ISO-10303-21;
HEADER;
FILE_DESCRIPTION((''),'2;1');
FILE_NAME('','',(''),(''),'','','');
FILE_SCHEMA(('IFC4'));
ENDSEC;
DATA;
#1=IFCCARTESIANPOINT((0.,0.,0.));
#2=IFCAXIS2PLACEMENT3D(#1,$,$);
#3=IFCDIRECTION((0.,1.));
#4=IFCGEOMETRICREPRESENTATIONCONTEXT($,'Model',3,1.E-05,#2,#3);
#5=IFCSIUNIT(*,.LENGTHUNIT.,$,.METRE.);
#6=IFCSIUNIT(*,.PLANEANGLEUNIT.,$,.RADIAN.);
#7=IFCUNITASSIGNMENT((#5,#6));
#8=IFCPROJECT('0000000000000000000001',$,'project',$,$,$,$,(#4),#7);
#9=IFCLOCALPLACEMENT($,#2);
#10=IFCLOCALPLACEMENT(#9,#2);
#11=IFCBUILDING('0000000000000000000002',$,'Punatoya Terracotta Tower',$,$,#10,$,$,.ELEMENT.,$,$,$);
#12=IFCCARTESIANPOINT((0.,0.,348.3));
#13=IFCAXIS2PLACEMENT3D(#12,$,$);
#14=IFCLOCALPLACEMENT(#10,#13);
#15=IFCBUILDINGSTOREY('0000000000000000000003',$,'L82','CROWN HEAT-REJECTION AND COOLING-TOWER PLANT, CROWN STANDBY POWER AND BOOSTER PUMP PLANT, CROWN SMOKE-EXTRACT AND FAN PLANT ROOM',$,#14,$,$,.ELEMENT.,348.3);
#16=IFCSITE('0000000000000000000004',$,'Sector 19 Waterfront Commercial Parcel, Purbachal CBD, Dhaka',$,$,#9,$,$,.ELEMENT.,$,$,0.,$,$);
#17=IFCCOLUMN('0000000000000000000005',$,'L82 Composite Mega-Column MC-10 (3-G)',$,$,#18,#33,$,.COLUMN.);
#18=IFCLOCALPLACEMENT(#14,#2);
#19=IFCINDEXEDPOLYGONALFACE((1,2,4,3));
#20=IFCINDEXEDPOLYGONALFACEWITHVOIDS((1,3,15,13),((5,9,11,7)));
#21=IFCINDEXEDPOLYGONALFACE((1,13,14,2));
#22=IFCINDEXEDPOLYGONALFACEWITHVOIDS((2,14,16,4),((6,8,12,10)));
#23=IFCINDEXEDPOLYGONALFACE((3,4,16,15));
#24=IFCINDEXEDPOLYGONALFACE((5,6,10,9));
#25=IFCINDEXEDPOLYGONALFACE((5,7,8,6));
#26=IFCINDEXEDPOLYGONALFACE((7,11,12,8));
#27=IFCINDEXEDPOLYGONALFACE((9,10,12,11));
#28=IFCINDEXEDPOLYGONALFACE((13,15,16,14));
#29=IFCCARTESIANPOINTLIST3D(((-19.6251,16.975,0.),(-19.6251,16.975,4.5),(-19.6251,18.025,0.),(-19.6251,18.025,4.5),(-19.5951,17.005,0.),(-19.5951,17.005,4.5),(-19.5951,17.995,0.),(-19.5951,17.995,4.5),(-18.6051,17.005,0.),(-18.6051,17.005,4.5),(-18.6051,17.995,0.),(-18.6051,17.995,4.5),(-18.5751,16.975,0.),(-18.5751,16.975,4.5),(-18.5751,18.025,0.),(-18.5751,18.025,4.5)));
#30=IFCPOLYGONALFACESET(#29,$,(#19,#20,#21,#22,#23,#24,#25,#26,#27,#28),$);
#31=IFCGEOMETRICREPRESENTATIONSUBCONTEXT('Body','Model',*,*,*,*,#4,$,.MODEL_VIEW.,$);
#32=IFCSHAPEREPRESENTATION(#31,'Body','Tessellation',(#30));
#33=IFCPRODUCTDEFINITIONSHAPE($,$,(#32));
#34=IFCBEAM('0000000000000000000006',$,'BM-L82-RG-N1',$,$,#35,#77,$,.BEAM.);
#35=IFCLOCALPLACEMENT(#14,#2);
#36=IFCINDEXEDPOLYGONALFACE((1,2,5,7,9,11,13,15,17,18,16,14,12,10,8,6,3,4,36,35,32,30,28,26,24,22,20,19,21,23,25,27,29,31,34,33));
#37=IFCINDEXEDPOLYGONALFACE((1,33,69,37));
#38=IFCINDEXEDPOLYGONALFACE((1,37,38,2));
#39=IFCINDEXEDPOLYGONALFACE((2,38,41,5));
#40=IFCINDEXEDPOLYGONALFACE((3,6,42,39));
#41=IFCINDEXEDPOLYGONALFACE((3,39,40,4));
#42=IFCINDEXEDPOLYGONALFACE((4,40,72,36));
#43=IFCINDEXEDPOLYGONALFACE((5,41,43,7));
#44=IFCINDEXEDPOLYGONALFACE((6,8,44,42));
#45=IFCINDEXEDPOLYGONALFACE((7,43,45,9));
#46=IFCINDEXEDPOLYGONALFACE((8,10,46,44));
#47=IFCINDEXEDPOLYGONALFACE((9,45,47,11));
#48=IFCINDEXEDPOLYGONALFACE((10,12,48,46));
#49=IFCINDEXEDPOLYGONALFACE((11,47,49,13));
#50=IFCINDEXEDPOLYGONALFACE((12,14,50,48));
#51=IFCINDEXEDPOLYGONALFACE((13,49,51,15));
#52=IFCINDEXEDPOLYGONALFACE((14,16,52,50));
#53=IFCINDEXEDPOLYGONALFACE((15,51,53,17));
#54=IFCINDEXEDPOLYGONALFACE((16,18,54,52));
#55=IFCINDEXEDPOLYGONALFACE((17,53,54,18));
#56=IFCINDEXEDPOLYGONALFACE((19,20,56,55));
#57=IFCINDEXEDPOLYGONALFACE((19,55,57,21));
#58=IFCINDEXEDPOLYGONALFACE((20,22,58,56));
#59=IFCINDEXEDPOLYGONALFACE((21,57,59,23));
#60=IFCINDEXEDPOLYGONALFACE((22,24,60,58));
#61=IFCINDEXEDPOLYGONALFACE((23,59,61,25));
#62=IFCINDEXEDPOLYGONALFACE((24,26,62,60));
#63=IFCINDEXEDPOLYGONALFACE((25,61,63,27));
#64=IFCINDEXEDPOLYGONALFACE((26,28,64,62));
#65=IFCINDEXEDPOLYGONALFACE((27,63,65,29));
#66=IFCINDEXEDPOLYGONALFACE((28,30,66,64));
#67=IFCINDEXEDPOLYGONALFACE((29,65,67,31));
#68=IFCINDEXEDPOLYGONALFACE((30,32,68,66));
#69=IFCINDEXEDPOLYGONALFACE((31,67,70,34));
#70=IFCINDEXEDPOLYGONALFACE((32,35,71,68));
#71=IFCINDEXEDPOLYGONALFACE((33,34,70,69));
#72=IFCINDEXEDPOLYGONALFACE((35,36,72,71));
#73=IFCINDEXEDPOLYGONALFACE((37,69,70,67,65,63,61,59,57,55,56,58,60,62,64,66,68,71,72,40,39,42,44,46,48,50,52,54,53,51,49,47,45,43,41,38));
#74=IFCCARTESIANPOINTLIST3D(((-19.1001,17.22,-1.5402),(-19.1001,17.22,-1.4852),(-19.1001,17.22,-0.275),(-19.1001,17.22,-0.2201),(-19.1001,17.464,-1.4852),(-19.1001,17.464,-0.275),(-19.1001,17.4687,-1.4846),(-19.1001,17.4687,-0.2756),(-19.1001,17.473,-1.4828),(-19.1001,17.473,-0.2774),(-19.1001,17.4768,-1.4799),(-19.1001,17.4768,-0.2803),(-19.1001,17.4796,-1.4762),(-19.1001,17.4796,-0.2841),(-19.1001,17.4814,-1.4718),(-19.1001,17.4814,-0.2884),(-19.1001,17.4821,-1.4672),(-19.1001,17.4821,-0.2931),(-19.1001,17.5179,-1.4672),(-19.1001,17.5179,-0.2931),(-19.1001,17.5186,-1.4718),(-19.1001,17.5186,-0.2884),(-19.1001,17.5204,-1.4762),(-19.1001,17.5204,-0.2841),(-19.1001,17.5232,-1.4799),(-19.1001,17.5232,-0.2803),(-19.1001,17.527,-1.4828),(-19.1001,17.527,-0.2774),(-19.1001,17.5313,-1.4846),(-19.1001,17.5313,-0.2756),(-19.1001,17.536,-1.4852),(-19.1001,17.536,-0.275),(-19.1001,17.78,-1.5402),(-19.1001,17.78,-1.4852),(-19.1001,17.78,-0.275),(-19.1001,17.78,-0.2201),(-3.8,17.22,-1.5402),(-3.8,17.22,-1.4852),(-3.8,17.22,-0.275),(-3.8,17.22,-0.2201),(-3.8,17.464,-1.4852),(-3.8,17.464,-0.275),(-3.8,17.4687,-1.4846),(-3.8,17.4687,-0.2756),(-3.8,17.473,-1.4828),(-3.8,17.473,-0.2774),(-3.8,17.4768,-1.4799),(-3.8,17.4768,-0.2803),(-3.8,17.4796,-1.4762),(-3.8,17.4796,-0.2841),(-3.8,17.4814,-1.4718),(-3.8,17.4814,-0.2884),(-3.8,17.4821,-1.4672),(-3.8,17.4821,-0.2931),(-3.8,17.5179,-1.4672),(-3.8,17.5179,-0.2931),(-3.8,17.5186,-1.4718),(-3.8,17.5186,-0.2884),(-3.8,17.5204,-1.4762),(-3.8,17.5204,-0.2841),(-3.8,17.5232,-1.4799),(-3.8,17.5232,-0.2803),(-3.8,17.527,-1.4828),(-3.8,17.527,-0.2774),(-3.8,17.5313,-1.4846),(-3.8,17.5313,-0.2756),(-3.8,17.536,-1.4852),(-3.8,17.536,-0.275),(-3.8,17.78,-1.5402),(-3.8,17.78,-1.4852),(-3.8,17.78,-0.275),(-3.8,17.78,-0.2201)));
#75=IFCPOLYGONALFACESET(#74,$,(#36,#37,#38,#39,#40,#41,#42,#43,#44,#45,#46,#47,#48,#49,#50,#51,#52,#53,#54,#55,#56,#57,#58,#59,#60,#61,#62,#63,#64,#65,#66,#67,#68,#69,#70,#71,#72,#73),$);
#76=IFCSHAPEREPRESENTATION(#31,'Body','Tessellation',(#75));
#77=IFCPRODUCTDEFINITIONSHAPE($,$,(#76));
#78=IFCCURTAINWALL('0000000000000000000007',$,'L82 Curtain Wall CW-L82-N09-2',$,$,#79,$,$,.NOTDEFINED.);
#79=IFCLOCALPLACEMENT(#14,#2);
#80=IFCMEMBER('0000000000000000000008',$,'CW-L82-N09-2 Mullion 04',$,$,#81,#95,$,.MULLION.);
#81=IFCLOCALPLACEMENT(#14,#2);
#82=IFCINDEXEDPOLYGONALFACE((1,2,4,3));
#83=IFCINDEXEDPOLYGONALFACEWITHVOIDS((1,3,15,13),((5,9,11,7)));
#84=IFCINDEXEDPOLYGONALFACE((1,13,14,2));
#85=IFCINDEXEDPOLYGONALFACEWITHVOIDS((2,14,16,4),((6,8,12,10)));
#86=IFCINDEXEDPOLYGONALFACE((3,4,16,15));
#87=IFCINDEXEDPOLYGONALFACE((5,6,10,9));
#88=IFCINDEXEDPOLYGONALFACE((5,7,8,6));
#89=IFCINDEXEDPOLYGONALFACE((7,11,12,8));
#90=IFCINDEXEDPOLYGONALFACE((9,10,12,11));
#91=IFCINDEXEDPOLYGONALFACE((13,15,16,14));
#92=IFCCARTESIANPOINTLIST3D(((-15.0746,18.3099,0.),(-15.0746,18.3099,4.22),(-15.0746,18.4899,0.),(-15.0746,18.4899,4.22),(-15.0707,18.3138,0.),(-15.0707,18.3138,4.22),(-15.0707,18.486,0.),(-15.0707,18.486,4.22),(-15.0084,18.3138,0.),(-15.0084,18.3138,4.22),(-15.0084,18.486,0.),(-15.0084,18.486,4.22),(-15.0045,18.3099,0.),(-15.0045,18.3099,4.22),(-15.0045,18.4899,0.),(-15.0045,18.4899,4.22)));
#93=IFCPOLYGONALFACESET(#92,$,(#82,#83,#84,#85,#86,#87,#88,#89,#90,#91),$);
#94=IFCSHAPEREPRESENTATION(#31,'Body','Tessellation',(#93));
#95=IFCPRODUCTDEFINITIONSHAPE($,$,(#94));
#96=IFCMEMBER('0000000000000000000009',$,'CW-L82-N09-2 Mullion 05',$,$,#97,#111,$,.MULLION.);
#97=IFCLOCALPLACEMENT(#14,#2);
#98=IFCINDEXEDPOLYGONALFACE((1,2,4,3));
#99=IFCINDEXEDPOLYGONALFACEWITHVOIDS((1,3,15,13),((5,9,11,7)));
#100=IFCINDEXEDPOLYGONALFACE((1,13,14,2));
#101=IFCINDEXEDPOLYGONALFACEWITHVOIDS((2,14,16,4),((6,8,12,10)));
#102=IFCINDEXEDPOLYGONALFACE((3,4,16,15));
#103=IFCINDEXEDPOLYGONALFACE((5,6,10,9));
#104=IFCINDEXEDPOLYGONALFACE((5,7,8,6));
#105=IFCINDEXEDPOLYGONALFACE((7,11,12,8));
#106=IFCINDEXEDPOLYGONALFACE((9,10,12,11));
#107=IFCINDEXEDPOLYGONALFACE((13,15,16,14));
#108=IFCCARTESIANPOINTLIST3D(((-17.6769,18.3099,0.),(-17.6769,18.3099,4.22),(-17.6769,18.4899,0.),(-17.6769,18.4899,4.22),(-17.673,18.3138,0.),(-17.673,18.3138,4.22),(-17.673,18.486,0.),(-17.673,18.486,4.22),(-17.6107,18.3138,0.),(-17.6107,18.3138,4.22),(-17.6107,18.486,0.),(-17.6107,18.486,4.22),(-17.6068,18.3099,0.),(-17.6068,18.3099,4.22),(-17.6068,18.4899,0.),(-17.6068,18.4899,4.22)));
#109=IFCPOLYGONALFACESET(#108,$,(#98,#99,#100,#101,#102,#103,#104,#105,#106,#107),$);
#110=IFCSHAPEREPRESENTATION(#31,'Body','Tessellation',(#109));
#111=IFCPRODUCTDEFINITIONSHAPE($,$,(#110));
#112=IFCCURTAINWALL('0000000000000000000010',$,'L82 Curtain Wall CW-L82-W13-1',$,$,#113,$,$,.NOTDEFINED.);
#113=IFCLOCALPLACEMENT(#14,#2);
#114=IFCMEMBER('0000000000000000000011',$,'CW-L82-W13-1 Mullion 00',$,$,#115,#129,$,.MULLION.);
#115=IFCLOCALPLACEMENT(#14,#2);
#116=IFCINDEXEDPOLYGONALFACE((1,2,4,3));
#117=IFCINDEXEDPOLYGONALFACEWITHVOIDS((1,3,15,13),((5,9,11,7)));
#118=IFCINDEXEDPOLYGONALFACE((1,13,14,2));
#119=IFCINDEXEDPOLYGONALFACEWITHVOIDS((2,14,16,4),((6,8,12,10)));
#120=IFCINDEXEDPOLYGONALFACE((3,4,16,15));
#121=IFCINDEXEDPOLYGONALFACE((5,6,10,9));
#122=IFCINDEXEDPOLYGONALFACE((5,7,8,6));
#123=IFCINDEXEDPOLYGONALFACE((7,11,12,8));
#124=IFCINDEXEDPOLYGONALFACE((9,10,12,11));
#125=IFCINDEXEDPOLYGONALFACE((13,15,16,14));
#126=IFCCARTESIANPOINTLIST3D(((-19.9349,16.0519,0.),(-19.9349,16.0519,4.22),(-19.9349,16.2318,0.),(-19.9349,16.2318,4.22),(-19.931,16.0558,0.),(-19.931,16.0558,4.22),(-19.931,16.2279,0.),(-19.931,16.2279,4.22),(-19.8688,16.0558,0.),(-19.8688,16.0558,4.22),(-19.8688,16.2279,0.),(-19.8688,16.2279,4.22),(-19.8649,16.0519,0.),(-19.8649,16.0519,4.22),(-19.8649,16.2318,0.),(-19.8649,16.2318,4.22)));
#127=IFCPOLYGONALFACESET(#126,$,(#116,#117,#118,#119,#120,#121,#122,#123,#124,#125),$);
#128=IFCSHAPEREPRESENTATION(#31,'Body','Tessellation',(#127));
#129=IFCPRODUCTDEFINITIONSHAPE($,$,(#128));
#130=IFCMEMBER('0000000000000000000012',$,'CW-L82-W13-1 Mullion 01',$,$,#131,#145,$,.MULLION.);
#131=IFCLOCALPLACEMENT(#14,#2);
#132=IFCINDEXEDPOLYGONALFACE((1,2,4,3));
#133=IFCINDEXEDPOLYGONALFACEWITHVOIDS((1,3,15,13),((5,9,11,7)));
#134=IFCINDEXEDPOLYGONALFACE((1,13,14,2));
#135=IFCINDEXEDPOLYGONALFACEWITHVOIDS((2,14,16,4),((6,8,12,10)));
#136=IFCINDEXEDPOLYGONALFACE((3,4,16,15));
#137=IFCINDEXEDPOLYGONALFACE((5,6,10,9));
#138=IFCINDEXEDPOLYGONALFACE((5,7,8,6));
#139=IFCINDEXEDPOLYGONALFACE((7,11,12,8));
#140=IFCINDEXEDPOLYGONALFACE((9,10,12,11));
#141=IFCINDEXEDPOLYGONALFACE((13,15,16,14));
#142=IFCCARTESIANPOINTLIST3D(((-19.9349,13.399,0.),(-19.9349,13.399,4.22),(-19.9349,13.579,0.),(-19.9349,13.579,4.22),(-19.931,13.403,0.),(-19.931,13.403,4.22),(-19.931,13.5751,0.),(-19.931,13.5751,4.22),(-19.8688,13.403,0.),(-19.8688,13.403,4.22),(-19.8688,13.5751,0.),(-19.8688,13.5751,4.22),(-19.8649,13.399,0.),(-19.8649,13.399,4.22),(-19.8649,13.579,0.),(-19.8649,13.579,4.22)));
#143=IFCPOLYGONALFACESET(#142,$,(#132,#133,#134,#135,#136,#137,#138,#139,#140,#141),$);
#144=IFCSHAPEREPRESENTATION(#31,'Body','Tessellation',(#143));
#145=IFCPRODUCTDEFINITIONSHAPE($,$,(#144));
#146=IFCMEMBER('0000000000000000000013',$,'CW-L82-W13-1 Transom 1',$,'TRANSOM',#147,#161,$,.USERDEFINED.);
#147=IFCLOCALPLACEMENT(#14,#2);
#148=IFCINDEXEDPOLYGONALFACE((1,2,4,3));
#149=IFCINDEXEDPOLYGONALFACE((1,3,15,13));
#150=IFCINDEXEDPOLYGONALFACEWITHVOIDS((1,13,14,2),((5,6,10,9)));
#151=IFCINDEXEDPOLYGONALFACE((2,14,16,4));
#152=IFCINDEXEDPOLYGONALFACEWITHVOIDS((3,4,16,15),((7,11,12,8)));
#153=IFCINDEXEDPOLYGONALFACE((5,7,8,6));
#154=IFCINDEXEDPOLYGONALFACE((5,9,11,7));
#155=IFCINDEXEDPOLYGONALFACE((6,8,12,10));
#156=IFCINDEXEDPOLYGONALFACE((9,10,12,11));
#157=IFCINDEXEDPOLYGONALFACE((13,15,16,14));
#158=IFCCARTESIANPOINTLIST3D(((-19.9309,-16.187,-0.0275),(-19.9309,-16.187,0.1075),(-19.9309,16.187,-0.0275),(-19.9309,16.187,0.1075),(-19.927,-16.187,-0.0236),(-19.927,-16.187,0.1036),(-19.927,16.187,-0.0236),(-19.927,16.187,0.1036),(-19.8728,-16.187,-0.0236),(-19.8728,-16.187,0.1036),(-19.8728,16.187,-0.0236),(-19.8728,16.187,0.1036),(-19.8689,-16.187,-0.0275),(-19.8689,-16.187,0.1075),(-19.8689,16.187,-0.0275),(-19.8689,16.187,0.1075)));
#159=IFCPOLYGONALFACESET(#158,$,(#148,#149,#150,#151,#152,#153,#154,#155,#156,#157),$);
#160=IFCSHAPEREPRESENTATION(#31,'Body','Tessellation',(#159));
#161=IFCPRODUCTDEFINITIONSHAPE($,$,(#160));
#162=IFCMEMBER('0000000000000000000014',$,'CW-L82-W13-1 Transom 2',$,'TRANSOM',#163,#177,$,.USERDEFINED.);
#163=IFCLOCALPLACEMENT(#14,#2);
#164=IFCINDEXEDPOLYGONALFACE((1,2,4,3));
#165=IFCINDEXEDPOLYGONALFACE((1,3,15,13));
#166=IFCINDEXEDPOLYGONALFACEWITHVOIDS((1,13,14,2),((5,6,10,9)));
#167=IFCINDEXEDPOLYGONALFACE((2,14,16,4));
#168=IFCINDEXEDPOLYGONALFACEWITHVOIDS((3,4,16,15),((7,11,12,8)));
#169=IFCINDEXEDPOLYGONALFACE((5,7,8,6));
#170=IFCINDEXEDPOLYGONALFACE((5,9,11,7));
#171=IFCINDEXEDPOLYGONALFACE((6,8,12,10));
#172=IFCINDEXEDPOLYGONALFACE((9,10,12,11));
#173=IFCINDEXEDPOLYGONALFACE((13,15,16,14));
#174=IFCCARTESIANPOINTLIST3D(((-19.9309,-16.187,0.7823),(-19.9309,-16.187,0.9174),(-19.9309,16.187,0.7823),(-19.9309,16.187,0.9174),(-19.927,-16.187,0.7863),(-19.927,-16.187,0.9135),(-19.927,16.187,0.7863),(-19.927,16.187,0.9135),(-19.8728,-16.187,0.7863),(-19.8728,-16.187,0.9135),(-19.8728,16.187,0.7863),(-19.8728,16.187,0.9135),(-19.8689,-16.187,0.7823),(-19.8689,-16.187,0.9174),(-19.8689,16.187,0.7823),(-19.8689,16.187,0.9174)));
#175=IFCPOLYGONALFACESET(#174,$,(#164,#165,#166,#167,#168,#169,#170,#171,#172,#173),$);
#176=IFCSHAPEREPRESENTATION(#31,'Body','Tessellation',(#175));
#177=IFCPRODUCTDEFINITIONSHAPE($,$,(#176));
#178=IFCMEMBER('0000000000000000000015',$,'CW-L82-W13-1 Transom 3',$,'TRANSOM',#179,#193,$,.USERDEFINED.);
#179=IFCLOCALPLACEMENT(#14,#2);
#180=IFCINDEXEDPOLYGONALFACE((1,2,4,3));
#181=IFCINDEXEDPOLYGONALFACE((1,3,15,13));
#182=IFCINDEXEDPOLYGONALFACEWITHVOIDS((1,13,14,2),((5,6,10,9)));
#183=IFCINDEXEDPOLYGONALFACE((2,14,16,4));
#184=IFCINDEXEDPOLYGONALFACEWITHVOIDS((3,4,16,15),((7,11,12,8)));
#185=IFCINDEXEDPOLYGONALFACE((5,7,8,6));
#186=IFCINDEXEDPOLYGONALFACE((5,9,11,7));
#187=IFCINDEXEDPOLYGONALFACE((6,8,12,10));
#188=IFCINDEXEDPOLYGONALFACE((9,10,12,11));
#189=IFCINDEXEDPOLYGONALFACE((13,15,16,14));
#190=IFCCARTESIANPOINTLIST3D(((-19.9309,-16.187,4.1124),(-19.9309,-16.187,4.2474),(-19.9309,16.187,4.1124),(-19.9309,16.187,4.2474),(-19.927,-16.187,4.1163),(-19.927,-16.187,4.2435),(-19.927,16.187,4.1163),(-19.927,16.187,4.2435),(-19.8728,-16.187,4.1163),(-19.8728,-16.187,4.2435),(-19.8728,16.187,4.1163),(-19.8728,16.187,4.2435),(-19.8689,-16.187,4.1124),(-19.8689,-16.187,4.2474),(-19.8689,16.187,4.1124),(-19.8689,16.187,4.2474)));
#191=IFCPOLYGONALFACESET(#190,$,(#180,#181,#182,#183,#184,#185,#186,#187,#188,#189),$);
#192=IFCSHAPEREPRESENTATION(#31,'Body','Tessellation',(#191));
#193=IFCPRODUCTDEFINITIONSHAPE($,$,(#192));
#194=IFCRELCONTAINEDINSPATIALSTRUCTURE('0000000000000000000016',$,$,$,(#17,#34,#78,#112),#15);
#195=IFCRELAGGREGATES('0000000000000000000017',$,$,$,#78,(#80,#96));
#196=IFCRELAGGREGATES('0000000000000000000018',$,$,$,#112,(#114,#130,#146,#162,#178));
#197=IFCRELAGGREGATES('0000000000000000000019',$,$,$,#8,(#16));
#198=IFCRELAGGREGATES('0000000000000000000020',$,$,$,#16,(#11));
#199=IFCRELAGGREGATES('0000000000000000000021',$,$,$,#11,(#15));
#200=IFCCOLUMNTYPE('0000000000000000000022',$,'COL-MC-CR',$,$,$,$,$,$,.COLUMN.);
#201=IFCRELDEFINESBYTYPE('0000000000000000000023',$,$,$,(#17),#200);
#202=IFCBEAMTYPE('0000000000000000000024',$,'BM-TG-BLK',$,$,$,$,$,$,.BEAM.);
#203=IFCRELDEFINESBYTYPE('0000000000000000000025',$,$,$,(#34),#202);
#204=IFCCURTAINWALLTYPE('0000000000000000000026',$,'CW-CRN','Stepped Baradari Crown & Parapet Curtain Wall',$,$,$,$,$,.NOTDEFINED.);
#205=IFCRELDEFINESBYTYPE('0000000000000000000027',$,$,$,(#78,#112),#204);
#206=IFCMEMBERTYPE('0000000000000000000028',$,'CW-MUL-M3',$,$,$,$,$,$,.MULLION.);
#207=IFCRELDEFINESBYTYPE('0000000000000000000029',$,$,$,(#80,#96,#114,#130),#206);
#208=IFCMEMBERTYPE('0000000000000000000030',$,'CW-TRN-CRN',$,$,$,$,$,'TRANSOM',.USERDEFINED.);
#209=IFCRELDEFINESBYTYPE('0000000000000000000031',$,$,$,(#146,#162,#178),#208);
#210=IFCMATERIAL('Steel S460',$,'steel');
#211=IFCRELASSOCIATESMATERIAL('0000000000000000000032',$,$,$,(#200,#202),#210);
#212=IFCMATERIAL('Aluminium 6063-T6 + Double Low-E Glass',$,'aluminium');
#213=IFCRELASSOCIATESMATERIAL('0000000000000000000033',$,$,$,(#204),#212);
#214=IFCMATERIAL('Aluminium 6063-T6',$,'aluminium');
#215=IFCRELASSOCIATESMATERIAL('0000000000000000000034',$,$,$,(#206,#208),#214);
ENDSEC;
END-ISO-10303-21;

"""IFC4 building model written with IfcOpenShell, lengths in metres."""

from ifc_helpers import new_model, si_unit, direction, frame, origin, origin_2d, place, context, subcontext, project, spatial, hollow_rectangle, i_section, extrude, material, material_profile, profile_set, type_object, element, aggregate, save


model = new_model("IFC4")

# Units and contexts
model_context = context("Model", 3, precision=1e-05, world=origin(), true_north=direction((0.0, 1.0)))
body_context = subcontext(model_context, "Body", "Model", "MODEL_VIEW")
ifc_project = project(units=[si_unit("LENGTHUNIT", "METRE"), si_unit("PLANEANGLEUNIT", "RADIAN")], contexts=[model_context])

# Site, building, storey
site_placement = place(None, origin())
site = spatial("IfcSite", under=ifc_project, at=site_placement, Name="Sector 19 Waterfront Commercial Parcel, Purbachal CBD, Dhaka", CompositionType="ELEMENT", RefElevation=0.0)
building_placement = place(site_placement, origin())
building = spatial("IfcBuilding", under=site, at=building_placement, Name="Punatoya Terracotta Tower", CompositionType="ELEMENT")
storey_placement = place(building_placement, frame((0.0, 0.0, 348.3)))
storey = spatial("IfcBuildingStorey", under=building, at=storey_placement, Name="L82", Description="CROWN HEAT-REJECTION AND COOLING-TOWER PLANT, CROWN STANDBY POWER AND BOOSTER PUMP PLANT, CROWN SMOKE-EXTRACT AND FAN PLANT ROOM", CompositionType="ELEMENT", Elevation=348.3)

# Column
ifc_material_1 = material(Name="Steel S460", Category="steel")
ifc_material_profile_1 = material_profile(ifc_material_1, hollow_rectangle(XDim=1.05, YDim=1.05, WallThickness=0.03, at=origin_2d()))
ifc_profile_set_1 = profile_set([ifc_material_profile_1], Name="Steel S460")
column_type = type_object("IfcColumnType", Name="COL-MC-CR", PredefinedType="COLUMN", material=ifc_profile_set_1)
column_placement = place(storey_placement, frame((-19.1001, 17.5, 0.0), z_axis=(0.0, 0.0, 1.0), x_axis=(1.0, 0.0, 0.0)))
element("IfcColumn", 1, at=column_placement, inside=storey, type_object=column_type, Name="L82 Composite Mega-Column MC-10 (3-G)", PredefinedType="COLUMN", context=body_context, shape_type="SweptSolid", body=[
    extrude(hollow_rectangle(XDim=1.05, YDim=1.05, WallThickness=0.03, at=origin_2d()), origin(), (0.0, 0.0, 1.0), 4.5),
])

# Beam
ifc_material_profile_2 = material_profile(ifc_material_1, i_section(OverallWidth=0.5601, OverallDepth=1.3201, WebThickness=0.0359, FlangeThickness=0.0549, FilletRadius=0.0181, at=origin_2d()))
ifc_profile_set_2 = profile_set([ifc_material_profile_2], Name="Steel S460")
beam_type = type_object("IfcBeamType", Name="BM-TG-BLK", PredefinedType="BEAM", material=ifc_profile_set_2)
beam_placement = place(storey_placement, frame((-19.1001, 17.5, -0.8801), z_axis=(1.0, 0.0, 0.0), x_axis=(0.0, 1.0, 0.0)))
element("IfcBeam", 2, at=beam_placement, inside=storey, type_object=beam_type, Name="BM-L82-RG-N1", PredefinedType="BEAM", context=body_context, shape_type="SweptSolid", body=[
    extrude(i_section(OverallWidth=0.5601, OverallDepth=1.3201, WebThickness=0.0359, FlangeThickness=0.0549, FilletRadius=0.0181, at=origin_2d()), origin(), (0.0, 0.0, 1.0), 15.3),
])

# Curtain walls, members
ifc_material_2 = material(Name="Aluminium 6063-T6 + Double Low-E Glass", Category="aluminium")
curtain_wall_type = type_object("IfcCurtainWallType", Name="CW-CRN", Description="Stepped Baradari Crown & Parapet Curtain Wall", PredefinedType="NOTDEFINED", material=ifc_material_2)
curtain_wall_1_placement = place(storey_placement, origin())
curtain_wall_1 = element("IfcCurtainWall", 3, at=curtain_wall_1_placement, inside=storey, type_object=curtain_wall_type, Name="L82 Curtain Wall CW-L82-N09-2", PredefinedType="NOTDEFINED")
ifc_material_3 = material(Name="Aluminium 6063-T6", Category="aluminium")
ifc_material_profile_3 = material_profile(ifc_material_3, hollow_rectangle(XDim=0.0701, YDim=0.1799, WallThickness=0.0039, at=origin_2d()))
ifc_profile_set_3 = profile_set([ifc_material_profile_3], Name="Aluminium 6063-T6")
member_type_1 = type_object("IfcMemberType", Name="CW-MUL-M3", PredefinedType="MULLION", material=ifc_profile_set_3)
member_1_placement = place(storey_placement, frame((-15.0396, 18.3999, 0.0), z_axis=(0.0, 0.0, 1.0), x_axis=(1.0, 0.0, 0.0)))
member_1 = element("IfcMember", 4, at=member_1_placement, type_object=member_type_1, Name="CW-L82-N09-2 Mullion 04", PredefinedType="MULLION", context=body_context, shape_type="SweptSolid", body=[
    extrude(hollow_rectangle(XDim=0.0701, YDim=0.1799, WallThickness=0.0039, at=origin_2d()), origin(), (0.0, 0.0, 1.0), 4.22),
])
member_2_placement = place(storey_placement, frame((-17.6418, 18.3999, 0.0), z_axis=(0.0, 0.0, 1.0), x_axis=(1.0, 0.0, 0.0)))
member_2 = element("IfcMember", 5, at=member_2_placement, type_object=member_type_1, Name="CW-L82-N09-2 Mullion 05", PredefinedType="MULLION", context=body_context, shape_type="SweptSolid", body=[
    extrude(hollow_rectangle(XDim=0.0701, YDim=0.1799, WallThickness=0.0039, at=origin_2d()), origin(), (0.0, 0.0, 1.0), 4.22),
])
curtain_wall_2_placement = place(storey_placement, origin())
curtain_wall_2 = element("IfcCurtainWall", 6, at=curtain_wall_2_placement, inside=storey, type_object=curtain_wall_type, Name="L82 Curtain Wall CW-L82-W13-1", PredefinedType="NOTDEFINED")
member_3_placement = place(storey_placement, frame((-19.8999, 16.1418, 0.0), z_axis=(0.0, 0.0, 1.0), x_axis=(1.0, 0.0, 0.0)))
member_3 = element("IfcMember", 7, at=member_3_placement, type_object=member_type_1, Name="CW-L82-W13-1 Mullion 00", PredefinedType="MULLION", context=body_context, shape_type="SweptSolid", body=[
    extrude(hollow_rectangle(XDim=0.0701, YDim=0.1799, WallThickness=0.0039, at=origin_2d()), origin(), (0.0, 0.0, 1.0), 4.22),
])
member_4_placement = place(storey_placement, frame((-19.8999, 13.489, 0.0), z_axis=(0.0, 0.0, 1.0), x_axis=(1.0, 0.0, 0.0)))
member_4 = element("IfcMember", 8, at=member_4_placement, type_object=member_type_1, Name="CW-L82-W13-1 Mullion 01", PredefinedType="MULLION", context=body_context, shape_type="SweptSolid", body=[
    extrude(hollow_rectangle(XDim=0.0701, YDim=0.1799, WallThickness=0.0039, at=origin_2d()), origin(), (0.0, 0.0, 1.0), 4.22),
])
ifc_material_profile_4 = material_profile(ifc_material_3, hollow_rectangle(XDim=0.062, YDim=0.135, WallThickness=0.0039, at=origin_2d()))
ifc_profile_set_4 = profile_set([ifc_material_profile_4], Name="Aluminium 6063-T6")
member_type_2 = type_object("IfcMemberType", Name="CW-TRN-CRN", ElementType="TRANSOM", PredefinedType="USERDEFINED", material=ifc_profile_set_4)
member_5_placement = place(storey_placement, frame((-19.8999, 16.187, 0.04), z_axis=(0.0, -1.0, 0.0), x_axis=(1.0, 0.0, 0.0)))
member_5 = element("IfcMember", 9, at=member_5_placement, type_object=member_type_2, Name="CW-L82-W13-1 Transom 1", ObjectType="TRANSOM", PredefinedType="USERDEFINED", context=body_context, shape_type="SweptSolid", body=[
    extrude(hollow_rectangle(XDim=0.062, YDim=0.135, WallThickness=0.0039, at=origin_2d()), origin(), (0.0, 0.0, 1.0), 32.374),
])
member_6_placement = place(storey_placement, frame((-19.8999, 16.187, 0.8499), z_axis=(0.0, -1.0, 0.0), x_axis=(1.0, 0.0, 0.0)))
member_6 = element("IfcMember", 10, at=member_6_placement, type_object=member_type_2, Name="CW-L82-W13-1 Transom 2", ObjectType="TRANSOM", PredefinedType="USERDEFINED", context=body_context, shape_type="SweptSolid", body=[
    extrude(hollow_rectangle(XDim=0.062, YDim=0.135, WallThickness=0.0039, at=origin_2d()), origin(), (0.0, 0.0, 1.0), 32.374),
])
member_7_placement = place(storey_placement, frame((-19.8999, 16.187, 4.1799), z_axis=(0.0, -1.0, 0.0), x_axis=(1.0, 0.0, 0.0)))
member_7 = element("IfcMember", 11, at=member_7_placement, type_object=member_type_2, Name="CW-L82-W13-1 Transom 3", ObjectType="TRANSOM", PredefinedType="USERDEFINED", context=body_context, shape_type="SweptSolid", body=[
    extrude(hollow_rectangle(XDim=0.062, YDim=0.135, WallThickness=0.0039, at=origin_2d()), origin(), (0.0, 0.0, 1.0), 32.374),
])

aggregate(curtain_wall_1, [member_1, member_2])
aggregate(curtain_wall_2, [member_3, member_4, member_5, member_6, member_7])

save(model, "model.ifc")
